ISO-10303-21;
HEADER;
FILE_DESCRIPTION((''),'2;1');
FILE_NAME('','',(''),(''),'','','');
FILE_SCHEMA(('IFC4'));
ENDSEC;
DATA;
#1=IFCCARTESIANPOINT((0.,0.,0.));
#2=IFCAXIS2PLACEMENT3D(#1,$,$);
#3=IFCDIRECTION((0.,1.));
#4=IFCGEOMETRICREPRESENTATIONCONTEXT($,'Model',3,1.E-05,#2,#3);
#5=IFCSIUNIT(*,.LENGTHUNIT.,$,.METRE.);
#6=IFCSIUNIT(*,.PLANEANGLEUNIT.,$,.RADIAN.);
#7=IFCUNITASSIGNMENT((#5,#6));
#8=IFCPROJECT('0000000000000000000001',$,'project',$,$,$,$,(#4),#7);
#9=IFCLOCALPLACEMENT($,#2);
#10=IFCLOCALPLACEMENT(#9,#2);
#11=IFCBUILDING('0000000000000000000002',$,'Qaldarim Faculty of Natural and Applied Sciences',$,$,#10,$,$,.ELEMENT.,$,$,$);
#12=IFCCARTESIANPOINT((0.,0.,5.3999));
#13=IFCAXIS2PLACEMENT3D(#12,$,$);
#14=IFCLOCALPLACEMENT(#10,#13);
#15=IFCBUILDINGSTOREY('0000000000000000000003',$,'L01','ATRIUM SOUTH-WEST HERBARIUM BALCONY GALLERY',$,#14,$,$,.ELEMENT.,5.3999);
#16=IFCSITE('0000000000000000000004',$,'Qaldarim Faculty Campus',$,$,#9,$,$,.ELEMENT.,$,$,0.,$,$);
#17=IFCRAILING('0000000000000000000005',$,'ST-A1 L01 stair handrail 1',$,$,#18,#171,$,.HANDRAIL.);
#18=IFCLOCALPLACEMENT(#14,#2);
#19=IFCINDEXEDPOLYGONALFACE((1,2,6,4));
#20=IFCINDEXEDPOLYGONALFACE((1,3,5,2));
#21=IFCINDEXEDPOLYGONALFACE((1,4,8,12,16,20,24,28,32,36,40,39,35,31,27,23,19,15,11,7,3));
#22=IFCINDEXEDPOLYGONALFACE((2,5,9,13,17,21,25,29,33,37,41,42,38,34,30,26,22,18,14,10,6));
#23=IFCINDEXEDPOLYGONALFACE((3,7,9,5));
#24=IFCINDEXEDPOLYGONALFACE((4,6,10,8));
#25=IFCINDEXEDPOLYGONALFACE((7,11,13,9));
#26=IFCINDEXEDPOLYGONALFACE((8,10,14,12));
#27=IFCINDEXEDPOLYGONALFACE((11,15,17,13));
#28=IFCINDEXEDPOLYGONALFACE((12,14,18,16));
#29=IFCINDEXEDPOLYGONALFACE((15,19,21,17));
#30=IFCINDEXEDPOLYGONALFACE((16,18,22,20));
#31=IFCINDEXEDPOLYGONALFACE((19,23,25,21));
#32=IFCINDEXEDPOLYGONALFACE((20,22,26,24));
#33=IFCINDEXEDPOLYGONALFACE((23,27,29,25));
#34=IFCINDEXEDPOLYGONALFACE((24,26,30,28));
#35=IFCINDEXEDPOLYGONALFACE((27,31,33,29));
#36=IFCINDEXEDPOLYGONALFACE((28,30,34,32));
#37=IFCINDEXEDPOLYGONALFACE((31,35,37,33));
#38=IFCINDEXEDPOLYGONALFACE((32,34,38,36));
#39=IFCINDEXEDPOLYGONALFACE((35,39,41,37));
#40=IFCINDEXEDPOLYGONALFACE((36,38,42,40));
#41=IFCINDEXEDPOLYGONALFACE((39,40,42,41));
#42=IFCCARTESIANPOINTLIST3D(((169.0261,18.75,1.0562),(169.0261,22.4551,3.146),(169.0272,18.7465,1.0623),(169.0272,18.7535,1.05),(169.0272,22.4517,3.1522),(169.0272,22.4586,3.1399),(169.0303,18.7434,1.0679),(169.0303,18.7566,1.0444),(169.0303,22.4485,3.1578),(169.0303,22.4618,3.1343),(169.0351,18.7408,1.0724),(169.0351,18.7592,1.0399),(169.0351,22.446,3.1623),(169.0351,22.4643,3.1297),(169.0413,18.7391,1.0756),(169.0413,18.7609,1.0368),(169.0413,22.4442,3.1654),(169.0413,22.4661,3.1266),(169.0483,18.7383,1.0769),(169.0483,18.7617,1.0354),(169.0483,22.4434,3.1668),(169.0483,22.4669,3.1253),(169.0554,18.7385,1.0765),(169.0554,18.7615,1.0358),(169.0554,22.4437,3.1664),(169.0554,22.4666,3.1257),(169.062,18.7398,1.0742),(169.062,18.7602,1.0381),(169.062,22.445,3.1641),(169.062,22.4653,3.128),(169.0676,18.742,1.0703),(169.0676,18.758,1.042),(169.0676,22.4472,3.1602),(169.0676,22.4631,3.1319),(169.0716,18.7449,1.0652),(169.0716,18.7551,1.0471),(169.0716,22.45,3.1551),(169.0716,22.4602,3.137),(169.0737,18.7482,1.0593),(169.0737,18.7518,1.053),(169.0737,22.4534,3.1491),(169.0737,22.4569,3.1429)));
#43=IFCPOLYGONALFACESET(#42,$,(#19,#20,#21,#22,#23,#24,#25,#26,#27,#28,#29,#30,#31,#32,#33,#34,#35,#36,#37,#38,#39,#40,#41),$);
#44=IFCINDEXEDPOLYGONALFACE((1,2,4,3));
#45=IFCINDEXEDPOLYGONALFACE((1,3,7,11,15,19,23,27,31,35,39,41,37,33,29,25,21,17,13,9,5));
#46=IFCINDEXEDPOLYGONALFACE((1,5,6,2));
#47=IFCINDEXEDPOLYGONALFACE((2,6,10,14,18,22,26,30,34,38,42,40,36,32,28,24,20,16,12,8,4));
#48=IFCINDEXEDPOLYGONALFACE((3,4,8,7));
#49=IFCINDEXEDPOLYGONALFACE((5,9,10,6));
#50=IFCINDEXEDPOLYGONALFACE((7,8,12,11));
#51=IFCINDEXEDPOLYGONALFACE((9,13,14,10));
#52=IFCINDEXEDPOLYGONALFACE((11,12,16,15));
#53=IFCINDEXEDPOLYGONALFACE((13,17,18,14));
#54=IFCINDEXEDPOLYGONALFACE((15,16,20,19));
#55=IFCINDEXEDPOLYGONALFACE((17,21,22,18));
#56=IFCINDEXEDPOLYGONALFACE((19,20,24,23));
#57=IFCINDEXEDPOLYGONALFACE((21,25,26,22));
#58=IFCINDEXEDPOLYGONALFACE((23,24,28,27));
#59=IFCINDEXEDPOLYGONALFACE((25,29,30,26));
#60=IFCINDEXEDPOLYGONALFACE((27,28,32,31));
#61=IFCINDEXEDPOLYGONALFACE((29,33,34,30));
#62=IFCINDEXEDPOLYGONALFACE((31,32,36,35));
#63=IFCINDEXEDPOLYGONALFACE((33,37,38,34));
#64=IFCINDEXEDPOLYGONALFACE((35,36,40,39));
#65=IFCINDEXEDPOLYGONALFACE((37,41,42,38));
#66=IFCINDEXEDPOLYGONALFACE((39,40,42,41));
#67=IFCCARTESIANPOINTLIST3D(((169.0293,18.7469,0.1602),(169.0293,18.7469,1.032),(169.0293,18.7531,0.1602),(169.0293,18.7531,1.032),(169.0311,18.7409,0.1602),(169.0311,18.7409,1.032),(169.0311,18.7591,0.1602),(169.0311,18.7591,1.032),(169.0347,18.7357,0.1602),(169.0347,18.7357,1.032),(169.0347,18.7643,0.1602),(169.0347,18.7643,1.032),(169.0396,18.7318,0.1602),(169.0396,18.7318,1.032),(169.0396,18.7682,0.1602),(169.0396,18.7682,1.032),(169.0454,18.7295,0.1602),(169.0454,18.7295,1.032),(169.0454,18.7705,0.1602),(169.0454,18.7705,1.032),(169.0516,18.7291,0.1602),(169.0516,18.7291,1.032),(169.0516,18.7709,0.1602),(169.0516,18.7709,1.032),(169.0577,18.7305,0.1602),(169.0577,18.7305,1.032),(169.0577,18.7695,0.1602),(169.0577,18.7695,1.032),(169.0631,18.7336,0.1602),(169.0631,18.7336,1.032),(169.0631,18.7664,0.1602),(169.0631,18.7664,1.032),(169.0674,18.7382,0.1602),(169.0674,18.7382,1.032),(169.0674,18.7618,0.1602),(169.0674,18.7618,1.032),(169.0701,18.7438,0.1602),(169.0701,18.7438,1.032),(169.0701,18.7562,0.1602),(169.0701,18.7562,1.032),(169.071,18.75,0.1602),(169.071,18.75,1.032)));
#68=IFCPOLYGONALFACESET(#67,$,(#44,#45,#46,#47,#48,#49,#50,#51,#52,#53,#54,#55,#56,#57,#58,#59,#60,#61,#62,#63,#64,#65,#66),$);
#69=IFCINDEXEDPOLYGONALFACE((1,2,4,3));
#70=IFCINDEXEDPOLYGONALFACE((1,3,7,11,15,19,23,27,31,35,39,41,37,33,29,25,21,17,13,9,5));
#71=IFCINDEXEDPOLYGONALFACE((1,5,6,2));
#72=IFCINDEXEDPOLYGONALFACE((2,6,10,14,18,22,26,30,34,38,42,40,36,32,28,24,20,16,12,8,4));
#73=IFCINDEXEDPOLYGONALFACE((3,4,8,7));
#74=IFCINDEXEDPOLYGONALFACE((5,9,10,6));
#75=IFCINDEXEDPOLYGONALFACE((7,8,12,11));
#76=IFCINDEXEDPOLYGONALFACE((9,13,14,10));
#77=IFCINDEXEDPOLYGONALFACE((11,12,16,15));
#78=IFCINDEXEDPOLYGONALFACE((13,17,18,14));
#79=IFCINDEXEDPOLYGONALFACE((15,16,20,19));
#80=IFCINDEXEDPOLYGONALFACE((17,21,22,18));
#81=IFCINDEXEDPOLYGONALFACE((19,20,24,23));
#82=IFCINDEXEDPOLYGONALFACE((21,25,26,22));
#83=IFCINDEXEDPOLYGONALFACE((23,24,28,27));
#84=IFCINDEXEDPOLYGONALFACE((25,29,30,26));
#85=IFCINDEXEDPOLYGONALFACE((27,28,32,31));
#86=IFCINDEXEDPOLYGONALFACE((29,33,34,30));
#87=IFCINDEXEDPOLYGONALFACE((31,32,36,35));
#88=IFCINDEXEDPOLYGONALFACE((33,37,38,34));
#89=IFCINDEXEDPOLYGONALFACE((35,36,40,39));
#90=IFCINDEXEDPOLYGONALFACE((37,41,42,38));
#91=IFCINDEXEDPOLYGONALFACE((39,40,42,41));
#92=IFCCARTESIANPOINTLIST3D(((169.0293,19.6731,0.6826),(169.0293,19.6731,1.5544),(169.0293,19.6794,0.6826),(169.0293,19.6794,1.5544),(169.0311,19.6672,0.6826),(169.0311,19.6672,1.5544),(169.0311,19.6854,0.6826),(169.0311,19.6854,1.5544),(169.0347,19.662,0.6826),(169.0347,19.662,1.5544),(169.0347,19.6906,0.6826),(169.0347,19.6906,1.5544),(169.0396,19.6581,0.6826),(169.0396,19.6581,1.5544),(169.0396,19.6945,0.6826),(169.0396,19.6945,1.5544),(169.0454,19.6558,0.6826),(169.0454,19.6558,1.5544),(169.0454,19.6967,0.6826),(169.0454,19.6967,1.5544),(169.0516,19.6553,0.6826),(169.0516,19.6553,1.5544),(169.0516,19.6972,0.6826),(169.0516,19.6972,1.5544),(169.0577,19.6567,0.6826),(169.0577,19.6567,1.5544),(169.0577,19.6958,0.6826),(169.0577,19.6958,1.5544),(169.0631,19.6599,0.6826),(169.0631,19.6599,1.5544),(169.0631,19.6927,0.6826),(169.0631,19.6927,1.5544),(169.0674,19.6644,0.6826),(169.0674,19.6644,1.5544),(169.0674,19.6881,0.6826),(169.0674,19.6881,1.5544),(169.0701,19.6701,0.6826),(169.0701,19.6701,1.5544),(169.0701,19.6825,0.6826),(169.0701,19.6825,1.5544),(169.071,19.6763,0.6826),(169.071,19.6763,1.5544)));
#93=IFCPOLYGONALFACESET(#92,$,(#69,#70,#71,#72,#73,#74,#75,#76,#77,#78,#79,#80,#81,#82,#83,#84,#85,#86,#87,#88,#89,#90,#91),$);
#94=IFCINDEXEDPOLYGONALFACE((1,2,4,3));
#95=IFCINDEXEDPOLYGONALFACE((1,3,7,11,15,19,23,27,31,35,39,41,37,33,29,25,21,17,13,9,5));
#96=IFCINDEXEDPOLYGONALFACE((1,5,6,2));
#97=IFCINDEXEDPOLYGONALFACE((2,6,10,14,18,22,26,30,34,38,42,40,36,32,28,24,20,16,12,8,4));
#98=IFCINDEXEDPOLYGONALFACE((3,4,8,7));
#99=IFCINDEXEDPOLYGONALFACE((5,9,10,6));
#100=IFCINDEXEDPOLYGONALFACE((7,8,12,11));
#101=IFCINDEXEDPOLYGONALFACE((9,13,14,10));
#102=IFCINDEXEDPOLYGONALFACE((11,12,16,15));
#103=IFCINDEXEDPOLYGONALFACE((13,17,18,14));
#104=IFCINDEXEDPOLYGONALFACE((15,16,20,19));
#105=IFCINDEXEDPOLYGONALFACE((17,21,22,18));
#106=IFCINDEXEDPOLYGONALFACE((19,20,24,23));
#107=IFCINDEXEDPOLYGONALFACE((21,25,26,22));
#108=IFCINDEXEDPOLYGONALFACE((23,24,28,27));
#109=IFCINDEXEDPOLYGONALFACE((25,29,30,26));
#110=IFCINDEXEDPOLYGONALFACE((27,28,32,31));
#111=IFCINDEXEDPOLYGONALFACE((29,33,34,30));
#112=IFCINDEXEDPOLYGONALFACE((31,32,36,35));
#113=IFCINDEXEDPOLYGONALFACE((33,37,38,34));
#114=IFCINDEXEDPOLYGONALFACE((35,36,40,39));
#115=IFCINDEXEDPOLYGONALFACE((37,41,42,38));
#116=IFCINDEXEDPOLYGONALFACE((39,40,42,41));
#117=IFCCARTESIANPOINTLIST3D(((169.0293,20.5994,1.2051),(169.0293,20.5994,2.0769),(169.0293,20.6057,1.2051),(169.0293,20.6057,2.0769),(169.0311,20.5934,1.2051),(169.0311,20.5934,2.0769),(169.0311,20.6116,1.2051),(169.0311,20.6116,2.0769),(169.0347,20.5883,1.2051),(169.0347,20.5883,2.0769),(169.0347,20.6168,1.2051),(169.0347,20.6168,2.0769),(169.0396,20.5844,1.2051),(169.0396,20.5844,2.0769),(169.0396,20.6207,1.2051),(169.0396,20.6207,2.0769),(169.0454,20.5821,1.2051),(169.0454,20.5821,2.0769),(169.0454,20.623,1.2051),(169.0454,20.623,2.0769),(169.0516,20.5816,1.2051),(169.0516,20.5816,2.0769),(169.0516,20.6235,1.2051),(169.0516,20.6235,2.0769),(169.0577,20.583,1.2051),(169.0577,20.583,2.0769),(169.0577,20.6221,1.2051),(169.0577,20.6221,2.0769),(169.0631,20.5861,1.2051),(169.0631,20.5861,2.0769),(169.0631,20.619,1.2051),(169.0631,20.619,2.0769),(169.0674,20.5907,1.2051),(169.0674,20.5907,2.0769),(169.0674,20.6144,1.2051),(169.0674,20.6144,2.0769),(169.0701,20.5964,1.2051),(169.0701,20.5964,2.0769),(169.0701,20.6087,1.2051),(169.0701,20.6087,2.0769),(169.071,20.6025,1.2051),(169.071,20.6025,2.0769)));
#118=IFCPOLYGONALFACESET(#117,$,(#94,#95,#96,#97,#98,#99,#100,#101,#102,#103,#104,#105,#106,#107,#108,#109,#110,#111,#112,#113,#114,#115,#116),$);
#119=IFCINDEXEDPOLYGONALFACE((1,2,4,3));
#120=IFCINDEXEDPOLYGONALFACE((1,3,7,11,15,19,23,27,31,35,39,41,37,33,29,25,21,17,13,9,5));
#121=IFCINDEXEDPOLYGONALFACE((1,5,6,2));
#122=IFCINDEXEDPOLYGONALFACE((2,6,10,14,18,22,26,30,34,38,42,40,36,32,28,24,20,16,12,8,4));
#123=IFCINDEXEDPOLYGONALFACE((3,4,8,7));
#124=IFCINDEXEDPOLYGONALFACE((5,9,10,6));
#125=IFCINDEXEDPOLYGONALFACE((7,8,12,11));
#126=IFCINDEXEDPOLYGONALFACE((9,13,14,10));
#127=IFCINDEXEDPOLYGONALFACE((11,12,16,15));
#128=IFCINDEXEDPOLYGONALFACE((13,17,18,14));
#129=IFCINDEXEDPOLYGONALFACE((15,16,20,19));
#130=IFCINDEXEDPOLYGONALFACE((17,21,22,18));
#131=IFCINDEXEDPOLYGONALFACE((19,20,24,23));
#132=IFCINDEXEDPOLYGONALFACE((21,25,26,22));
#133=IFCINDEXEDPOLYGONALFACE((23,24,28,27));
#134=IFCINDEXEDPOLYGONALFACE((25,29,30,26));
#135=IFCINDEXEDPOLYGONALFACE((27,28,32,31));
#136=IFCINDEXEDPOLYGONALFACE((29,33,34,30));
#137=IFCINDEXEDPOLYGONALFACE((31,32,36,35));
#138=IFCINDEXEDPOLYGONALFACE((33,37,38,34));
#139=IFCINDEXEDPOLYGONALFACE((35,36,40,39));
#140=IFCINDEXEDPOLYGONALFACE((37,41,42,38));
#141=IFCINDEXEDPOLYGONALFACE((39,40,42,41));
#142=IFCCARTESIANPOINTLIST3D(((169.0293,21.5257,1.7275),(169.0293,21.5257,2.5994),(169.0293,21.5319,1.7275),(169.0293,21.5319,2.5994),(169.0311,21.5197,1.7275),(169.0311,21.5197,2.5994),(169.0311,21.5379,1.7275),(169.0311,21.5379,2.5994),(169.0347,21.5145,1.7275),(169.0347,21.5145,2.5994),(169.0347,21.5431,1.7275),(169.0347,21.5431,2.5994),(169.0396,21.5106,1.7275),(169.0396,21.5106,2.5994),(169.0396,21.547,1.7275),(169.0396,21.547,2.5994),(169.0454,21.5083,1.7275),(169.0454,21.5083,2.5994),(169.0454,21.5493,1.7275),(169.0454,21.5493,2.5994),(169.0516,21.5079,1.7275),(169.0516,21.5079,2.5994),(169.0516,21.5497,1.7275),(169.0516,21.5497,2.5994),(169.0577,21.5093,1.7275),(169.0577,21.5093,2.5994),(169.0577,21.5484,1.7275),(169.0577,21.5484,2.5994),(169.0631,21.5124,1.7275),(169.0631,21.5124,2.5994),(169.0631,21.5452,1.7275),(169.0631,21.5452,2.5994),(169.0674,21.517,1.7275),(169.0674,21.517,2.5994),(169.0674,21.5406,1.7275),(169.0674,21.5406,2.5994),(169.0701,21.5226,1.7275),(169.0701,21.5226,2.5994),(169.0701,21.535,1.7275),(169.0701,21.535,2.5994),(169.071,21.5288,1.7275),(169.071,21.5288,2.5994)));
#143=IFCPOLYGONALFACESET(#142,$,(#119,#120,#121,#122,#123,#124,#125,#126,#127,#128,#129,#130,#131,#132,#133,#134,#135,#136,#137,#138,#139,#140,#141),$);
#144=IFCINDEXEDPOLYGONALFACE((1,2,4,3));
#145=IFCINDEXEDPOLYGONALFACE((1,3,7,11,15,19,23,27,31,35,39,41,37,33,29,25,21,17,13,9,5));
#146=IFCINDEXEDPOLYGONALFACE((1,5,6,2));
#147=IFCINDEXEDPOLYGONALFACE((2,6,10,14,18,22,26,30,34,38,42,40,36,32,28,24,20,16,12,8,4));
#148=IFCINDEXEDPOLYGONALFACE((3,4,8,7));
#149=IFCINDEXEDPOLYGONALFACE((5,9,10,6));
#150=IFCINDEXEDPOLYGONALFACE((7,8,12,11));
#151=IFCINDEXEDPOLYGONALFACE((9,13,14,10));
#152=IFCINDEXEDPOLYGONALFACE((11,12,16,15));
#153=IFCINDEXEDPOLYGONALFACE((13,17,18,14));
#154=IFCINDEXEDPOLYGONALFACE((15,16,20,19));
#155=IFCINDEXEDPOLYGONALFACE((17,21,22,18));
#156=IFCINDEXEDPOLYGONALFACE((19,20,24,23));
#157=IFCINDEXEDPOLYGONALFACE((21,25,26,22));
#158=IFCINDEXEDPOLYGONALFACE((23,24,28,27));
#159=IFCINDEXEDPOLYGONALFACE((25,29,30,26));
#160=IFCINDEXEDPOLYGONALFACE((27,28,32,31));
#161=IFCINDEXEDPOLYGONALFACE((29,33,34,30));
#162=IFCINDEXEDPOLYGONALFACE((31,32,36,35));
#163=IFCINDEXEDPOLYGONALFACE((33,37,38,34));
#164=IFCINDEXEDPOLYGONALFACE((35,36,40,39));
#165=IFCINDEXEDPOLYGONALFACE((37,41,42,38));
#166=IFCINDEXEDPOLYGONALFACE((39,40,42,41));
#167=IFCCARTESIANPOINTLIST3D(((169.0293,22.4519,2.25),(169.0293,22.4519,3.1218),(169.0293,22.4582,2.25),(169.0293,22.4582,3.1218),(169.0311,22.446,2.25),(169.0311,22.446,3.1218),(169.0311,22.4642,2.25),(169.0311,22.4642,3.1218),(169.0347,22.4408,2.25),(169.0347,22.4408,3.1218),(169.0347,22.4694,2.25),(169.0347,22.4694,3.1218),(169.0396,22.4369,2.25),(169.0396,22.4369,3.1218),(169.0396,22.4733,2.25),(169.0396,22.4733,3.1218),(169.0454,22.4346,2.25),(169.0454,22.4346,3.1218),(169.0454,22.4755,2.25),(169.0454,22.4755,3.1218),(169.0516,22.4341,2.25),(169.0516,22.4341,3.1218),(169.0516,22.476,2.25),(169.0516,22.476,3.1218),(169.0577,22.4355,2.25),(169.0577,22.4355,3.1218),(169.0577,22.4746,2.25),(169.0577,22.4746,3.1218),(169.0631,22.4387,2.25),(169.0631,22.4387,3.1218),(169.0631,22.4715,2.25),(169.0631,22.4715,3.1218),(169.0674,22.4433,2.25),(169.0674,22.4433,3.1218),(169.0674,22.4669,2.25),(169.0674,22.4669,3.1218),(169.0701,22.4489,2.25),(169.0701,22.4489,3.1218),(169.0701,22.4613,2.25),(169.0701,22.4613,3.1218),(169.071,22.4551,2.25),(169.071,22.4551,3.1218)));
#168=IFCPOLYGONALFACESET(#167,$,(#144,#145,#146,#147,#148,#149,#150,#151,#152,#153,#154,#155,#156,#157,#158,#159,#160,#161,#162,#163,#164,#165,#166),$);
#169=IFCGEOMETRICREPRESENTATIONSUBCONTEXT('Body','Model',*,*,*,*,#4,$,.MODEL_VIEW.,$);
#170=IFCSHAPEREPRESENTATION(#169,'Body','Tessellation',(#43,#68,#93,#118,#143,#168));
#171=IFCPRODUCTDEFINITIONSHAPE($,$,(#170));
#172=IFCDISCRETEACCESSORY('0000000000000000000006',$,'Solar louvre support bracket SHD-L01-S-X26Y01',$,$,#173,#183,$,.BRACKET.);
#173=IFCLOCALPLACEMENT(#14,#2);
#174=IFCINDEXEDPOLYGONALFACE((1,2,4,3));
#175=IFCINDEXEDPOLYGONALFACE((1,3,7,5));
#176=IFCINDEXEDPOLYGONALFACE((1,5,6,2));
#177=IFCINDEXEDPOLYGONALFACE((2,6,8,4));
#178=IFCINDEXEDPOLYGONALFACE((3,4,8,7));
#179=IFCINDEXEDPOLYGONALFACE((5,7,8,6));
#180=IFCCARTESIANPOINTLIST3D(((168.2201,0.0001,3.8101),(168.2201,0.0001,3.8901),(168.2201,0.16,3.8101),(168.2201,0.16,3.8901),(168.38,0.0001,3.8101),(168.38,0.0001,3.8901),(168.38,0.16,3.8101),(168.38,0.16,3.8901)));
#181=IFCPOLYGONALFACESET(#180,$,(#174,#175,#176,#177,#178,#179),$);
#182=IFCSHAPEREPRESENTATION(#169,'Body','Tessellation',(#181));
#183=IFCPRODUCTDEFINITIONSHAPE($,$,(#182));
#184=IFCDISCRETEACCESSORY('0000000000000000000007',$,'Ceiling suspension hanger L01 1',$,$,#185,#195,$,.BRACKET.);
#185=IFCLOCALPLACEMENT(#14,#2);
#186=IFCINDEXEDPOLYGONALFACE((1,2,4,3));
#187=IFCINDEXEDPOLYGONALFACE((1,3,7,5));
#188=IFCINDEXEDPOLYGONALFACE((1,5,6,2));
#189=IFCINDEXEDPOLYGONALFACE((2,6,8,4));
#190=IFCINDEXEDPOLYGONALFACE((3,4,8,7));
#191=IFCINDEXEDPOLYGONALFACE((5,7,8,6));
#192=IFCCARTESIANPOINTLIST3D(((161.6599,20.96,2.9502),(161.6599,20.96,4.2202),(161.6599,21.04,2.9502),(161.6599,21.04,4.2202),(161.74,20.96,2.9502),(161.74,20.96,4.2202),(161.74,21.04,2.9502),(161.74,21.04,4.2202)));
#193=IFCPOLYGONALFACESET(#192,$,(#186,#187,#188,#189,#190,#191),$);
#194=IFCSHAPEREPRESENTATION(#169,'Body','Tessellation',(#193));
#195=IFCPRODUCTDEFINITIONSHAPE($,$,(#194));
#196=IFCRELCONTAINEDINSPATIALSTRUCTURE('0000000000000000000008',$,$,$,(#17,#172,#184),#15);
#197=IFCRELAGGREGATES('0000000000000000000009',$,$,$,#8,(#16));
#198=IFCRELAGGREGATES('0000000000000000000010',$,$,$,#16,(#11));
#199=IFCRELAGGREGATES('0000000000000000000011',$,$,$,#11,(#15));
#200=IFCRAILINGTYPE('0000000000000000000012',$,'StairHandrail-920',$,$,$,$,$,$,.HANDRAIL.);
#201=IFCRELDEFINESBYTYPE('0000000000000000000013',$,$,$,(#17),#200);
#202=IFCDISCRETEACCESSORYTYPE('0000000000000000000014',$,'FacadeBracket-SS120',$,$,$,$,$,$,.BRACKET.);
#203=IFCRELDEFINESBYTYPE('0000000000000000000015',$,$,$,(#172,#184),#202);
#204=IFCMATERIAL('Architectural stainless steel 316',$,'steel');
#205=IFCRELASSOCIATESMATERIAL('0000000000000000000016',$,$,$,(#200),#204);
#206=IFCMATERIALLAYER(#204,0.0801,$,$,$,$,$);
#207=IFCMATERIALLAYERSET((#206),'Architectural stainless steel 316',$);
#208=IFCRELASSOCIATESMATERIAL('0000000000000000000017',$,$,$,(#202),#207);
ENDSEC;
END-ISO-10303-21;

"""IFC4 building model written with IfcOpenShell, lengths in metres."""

from ifc_helpers import new_model, si_unit, direction, frame, origin, origin_2d, place, context, subcontext, project, spatial, rectangle, circle, extrude, material, layer, layer_set, type_object, element, save


model = new_model("IFC4")

# Units and contexts
model_context = context("Model", 3, precision=1e-05, world=origin(), true_north=direction((0.0, 1.0)))
body_context = subcontext(model_context, "Body", "Model", "MODEL_VIEW")
ifc_project = project(units=[si_unit("LENGTHUNIT", "METRE"), si_unit("PLANEANGLEUNIT", "RADIAN")], contexts=[model_context])

# Site, building, storey
site_placement = place(None, origin())
site = spatial("IfcSite", under=ifc_project, at=site_placement, Name="Qaldarim Faculty Campus", CompositionType="ELEMENT", RefElevation=0.0)
building_placement = place(site_placement, origin())
building = spatial("IfcBuilding", under=site, at=building_placement, Name="Qaldarim Faculty of Natural and Applied Sciences", CompositionType="ELEMENT")
storey_placement = place(building_placement, frame((0.0, 0.0, 5.3999)))
storey = spatial("IfcBuildingStorey", under=building, at=storey_placement, Name="L01", Description="ATRIUM SOUTH-WEST HERBARIUM BALCONY GALLERY", CompositionType="ELEMENT", Elevation=5.3999)

# Railing
ifc_material_1 = material(Name="Architectural stainless steel 316", Category="steel")
railing_type_1 = type_object("IfcRailingType", Name="StairHandrail-920", PredefinedType="HANDRAIL", material=ifc_material_1)
railing_1_placement = place(storey_placement, frame((169.05, 18.75, 0.1602)))
element("IfcRailing", 1, at=railing_1_placement, inside=storey, type_object=railing_type_1, Name="ST-A1 L01 stair handrail 1", PredefinedType="HANDRAIL", context=body_context, shape_type="SweptSolid", body=[
    extrude(circle(Radius=0.0239, at=origin_2d()), frame((0.0, 0.0, 0.896), z_axis=(0.0, 0.870999, 0.491285), x_axis=(-1.0, 0.0, 0.0)), (0.0, 0.0, 1.0), 4.2539),
    extrude(circle(Radius=0.021, at=origin_2d()), origin(), (0.0, 0.0, 1.0), 0.8718),
    extrude(circle(Radius=0.021, at=origin_2d()), frame((0.0, 0.9263, 0.5225)), (0.0, 0.0, 1.0), 0.8718),
    extrude(circle(Radius=0.021, at=origin_2d()), frame((0.0, 1.8525, 1.0449)), (0.0, 0.0, 1.0), 0.8718),
    extrude(circle(Radius=0.021, at=origin_2d()), frame((0.0, 2.7788, 1.5674)), (0.0, 0.0, 1.0), 0.8718),
    extrude(circle(Radius=0.021, at=origin_2d()), frame((0.0, 3.7051, 2.0898)), (0.0, 0.0, 1.0), 0.8718),
])

# Discrete accessories
ifc_layer_1 = layer(ifc_material_1, 0.0801)
ifc_layer_set_1 = layer_set([ifc_layer_1], Name="Architectural stainless steel 316")
discrete_accessory_type = type_object("IfcDiscreteAccessoryType", Name="FacadeBracket-SS120", PredefinedType="BRACKET", material=ifc_layer_set_1)
discrete_accessory_1_placement = place(storey_placement, frame((168.3, 0.0801, 3.8101), z_axis=(0.0, 0.0, 1.0), x_axis=(1.0, 0.0, 0.0)))
element("IfcDiscreteAccessory", 2, at=discrete_accessory_1_placement, inside=storey, type_object=discrete_accessory_type, Name="Solar louvre support bracket SHD-L01-S-X26Y01", PredefinedType="BRACKET", context=body_context, shape_type="SweptSolid", body=[
    extrude(rectangle(XDim=0.1599, YDim=0.1599, at=origin_2d()), origin(), (0.0, 0.0, 1.0), 0.0801),
])
discrete_accessory_2_placement = place(storey_placement, frame((161.7, 21.0, 2.9502), z_axis=(0.0, 0.0, 1.0), x_axis=(1.0, 0.0, 0.0)))
element("IfcDiscreteAccessory", 3, at=discrete_accessory_2_placement, inside=storey, type_object=discrete_accessory_type, Name="Ceiling suspension hanger L01 1", PredefinedType="BRACKET", context=body_context, shape_type="SweptSolid", body=[
    extrude(rectangle(XDim=0.0801, YDim=0.0801, at=origin_2d()), origin(), (0.0, 0.0, 1.0), 1.27),
])

save(model, "model.ifc")
